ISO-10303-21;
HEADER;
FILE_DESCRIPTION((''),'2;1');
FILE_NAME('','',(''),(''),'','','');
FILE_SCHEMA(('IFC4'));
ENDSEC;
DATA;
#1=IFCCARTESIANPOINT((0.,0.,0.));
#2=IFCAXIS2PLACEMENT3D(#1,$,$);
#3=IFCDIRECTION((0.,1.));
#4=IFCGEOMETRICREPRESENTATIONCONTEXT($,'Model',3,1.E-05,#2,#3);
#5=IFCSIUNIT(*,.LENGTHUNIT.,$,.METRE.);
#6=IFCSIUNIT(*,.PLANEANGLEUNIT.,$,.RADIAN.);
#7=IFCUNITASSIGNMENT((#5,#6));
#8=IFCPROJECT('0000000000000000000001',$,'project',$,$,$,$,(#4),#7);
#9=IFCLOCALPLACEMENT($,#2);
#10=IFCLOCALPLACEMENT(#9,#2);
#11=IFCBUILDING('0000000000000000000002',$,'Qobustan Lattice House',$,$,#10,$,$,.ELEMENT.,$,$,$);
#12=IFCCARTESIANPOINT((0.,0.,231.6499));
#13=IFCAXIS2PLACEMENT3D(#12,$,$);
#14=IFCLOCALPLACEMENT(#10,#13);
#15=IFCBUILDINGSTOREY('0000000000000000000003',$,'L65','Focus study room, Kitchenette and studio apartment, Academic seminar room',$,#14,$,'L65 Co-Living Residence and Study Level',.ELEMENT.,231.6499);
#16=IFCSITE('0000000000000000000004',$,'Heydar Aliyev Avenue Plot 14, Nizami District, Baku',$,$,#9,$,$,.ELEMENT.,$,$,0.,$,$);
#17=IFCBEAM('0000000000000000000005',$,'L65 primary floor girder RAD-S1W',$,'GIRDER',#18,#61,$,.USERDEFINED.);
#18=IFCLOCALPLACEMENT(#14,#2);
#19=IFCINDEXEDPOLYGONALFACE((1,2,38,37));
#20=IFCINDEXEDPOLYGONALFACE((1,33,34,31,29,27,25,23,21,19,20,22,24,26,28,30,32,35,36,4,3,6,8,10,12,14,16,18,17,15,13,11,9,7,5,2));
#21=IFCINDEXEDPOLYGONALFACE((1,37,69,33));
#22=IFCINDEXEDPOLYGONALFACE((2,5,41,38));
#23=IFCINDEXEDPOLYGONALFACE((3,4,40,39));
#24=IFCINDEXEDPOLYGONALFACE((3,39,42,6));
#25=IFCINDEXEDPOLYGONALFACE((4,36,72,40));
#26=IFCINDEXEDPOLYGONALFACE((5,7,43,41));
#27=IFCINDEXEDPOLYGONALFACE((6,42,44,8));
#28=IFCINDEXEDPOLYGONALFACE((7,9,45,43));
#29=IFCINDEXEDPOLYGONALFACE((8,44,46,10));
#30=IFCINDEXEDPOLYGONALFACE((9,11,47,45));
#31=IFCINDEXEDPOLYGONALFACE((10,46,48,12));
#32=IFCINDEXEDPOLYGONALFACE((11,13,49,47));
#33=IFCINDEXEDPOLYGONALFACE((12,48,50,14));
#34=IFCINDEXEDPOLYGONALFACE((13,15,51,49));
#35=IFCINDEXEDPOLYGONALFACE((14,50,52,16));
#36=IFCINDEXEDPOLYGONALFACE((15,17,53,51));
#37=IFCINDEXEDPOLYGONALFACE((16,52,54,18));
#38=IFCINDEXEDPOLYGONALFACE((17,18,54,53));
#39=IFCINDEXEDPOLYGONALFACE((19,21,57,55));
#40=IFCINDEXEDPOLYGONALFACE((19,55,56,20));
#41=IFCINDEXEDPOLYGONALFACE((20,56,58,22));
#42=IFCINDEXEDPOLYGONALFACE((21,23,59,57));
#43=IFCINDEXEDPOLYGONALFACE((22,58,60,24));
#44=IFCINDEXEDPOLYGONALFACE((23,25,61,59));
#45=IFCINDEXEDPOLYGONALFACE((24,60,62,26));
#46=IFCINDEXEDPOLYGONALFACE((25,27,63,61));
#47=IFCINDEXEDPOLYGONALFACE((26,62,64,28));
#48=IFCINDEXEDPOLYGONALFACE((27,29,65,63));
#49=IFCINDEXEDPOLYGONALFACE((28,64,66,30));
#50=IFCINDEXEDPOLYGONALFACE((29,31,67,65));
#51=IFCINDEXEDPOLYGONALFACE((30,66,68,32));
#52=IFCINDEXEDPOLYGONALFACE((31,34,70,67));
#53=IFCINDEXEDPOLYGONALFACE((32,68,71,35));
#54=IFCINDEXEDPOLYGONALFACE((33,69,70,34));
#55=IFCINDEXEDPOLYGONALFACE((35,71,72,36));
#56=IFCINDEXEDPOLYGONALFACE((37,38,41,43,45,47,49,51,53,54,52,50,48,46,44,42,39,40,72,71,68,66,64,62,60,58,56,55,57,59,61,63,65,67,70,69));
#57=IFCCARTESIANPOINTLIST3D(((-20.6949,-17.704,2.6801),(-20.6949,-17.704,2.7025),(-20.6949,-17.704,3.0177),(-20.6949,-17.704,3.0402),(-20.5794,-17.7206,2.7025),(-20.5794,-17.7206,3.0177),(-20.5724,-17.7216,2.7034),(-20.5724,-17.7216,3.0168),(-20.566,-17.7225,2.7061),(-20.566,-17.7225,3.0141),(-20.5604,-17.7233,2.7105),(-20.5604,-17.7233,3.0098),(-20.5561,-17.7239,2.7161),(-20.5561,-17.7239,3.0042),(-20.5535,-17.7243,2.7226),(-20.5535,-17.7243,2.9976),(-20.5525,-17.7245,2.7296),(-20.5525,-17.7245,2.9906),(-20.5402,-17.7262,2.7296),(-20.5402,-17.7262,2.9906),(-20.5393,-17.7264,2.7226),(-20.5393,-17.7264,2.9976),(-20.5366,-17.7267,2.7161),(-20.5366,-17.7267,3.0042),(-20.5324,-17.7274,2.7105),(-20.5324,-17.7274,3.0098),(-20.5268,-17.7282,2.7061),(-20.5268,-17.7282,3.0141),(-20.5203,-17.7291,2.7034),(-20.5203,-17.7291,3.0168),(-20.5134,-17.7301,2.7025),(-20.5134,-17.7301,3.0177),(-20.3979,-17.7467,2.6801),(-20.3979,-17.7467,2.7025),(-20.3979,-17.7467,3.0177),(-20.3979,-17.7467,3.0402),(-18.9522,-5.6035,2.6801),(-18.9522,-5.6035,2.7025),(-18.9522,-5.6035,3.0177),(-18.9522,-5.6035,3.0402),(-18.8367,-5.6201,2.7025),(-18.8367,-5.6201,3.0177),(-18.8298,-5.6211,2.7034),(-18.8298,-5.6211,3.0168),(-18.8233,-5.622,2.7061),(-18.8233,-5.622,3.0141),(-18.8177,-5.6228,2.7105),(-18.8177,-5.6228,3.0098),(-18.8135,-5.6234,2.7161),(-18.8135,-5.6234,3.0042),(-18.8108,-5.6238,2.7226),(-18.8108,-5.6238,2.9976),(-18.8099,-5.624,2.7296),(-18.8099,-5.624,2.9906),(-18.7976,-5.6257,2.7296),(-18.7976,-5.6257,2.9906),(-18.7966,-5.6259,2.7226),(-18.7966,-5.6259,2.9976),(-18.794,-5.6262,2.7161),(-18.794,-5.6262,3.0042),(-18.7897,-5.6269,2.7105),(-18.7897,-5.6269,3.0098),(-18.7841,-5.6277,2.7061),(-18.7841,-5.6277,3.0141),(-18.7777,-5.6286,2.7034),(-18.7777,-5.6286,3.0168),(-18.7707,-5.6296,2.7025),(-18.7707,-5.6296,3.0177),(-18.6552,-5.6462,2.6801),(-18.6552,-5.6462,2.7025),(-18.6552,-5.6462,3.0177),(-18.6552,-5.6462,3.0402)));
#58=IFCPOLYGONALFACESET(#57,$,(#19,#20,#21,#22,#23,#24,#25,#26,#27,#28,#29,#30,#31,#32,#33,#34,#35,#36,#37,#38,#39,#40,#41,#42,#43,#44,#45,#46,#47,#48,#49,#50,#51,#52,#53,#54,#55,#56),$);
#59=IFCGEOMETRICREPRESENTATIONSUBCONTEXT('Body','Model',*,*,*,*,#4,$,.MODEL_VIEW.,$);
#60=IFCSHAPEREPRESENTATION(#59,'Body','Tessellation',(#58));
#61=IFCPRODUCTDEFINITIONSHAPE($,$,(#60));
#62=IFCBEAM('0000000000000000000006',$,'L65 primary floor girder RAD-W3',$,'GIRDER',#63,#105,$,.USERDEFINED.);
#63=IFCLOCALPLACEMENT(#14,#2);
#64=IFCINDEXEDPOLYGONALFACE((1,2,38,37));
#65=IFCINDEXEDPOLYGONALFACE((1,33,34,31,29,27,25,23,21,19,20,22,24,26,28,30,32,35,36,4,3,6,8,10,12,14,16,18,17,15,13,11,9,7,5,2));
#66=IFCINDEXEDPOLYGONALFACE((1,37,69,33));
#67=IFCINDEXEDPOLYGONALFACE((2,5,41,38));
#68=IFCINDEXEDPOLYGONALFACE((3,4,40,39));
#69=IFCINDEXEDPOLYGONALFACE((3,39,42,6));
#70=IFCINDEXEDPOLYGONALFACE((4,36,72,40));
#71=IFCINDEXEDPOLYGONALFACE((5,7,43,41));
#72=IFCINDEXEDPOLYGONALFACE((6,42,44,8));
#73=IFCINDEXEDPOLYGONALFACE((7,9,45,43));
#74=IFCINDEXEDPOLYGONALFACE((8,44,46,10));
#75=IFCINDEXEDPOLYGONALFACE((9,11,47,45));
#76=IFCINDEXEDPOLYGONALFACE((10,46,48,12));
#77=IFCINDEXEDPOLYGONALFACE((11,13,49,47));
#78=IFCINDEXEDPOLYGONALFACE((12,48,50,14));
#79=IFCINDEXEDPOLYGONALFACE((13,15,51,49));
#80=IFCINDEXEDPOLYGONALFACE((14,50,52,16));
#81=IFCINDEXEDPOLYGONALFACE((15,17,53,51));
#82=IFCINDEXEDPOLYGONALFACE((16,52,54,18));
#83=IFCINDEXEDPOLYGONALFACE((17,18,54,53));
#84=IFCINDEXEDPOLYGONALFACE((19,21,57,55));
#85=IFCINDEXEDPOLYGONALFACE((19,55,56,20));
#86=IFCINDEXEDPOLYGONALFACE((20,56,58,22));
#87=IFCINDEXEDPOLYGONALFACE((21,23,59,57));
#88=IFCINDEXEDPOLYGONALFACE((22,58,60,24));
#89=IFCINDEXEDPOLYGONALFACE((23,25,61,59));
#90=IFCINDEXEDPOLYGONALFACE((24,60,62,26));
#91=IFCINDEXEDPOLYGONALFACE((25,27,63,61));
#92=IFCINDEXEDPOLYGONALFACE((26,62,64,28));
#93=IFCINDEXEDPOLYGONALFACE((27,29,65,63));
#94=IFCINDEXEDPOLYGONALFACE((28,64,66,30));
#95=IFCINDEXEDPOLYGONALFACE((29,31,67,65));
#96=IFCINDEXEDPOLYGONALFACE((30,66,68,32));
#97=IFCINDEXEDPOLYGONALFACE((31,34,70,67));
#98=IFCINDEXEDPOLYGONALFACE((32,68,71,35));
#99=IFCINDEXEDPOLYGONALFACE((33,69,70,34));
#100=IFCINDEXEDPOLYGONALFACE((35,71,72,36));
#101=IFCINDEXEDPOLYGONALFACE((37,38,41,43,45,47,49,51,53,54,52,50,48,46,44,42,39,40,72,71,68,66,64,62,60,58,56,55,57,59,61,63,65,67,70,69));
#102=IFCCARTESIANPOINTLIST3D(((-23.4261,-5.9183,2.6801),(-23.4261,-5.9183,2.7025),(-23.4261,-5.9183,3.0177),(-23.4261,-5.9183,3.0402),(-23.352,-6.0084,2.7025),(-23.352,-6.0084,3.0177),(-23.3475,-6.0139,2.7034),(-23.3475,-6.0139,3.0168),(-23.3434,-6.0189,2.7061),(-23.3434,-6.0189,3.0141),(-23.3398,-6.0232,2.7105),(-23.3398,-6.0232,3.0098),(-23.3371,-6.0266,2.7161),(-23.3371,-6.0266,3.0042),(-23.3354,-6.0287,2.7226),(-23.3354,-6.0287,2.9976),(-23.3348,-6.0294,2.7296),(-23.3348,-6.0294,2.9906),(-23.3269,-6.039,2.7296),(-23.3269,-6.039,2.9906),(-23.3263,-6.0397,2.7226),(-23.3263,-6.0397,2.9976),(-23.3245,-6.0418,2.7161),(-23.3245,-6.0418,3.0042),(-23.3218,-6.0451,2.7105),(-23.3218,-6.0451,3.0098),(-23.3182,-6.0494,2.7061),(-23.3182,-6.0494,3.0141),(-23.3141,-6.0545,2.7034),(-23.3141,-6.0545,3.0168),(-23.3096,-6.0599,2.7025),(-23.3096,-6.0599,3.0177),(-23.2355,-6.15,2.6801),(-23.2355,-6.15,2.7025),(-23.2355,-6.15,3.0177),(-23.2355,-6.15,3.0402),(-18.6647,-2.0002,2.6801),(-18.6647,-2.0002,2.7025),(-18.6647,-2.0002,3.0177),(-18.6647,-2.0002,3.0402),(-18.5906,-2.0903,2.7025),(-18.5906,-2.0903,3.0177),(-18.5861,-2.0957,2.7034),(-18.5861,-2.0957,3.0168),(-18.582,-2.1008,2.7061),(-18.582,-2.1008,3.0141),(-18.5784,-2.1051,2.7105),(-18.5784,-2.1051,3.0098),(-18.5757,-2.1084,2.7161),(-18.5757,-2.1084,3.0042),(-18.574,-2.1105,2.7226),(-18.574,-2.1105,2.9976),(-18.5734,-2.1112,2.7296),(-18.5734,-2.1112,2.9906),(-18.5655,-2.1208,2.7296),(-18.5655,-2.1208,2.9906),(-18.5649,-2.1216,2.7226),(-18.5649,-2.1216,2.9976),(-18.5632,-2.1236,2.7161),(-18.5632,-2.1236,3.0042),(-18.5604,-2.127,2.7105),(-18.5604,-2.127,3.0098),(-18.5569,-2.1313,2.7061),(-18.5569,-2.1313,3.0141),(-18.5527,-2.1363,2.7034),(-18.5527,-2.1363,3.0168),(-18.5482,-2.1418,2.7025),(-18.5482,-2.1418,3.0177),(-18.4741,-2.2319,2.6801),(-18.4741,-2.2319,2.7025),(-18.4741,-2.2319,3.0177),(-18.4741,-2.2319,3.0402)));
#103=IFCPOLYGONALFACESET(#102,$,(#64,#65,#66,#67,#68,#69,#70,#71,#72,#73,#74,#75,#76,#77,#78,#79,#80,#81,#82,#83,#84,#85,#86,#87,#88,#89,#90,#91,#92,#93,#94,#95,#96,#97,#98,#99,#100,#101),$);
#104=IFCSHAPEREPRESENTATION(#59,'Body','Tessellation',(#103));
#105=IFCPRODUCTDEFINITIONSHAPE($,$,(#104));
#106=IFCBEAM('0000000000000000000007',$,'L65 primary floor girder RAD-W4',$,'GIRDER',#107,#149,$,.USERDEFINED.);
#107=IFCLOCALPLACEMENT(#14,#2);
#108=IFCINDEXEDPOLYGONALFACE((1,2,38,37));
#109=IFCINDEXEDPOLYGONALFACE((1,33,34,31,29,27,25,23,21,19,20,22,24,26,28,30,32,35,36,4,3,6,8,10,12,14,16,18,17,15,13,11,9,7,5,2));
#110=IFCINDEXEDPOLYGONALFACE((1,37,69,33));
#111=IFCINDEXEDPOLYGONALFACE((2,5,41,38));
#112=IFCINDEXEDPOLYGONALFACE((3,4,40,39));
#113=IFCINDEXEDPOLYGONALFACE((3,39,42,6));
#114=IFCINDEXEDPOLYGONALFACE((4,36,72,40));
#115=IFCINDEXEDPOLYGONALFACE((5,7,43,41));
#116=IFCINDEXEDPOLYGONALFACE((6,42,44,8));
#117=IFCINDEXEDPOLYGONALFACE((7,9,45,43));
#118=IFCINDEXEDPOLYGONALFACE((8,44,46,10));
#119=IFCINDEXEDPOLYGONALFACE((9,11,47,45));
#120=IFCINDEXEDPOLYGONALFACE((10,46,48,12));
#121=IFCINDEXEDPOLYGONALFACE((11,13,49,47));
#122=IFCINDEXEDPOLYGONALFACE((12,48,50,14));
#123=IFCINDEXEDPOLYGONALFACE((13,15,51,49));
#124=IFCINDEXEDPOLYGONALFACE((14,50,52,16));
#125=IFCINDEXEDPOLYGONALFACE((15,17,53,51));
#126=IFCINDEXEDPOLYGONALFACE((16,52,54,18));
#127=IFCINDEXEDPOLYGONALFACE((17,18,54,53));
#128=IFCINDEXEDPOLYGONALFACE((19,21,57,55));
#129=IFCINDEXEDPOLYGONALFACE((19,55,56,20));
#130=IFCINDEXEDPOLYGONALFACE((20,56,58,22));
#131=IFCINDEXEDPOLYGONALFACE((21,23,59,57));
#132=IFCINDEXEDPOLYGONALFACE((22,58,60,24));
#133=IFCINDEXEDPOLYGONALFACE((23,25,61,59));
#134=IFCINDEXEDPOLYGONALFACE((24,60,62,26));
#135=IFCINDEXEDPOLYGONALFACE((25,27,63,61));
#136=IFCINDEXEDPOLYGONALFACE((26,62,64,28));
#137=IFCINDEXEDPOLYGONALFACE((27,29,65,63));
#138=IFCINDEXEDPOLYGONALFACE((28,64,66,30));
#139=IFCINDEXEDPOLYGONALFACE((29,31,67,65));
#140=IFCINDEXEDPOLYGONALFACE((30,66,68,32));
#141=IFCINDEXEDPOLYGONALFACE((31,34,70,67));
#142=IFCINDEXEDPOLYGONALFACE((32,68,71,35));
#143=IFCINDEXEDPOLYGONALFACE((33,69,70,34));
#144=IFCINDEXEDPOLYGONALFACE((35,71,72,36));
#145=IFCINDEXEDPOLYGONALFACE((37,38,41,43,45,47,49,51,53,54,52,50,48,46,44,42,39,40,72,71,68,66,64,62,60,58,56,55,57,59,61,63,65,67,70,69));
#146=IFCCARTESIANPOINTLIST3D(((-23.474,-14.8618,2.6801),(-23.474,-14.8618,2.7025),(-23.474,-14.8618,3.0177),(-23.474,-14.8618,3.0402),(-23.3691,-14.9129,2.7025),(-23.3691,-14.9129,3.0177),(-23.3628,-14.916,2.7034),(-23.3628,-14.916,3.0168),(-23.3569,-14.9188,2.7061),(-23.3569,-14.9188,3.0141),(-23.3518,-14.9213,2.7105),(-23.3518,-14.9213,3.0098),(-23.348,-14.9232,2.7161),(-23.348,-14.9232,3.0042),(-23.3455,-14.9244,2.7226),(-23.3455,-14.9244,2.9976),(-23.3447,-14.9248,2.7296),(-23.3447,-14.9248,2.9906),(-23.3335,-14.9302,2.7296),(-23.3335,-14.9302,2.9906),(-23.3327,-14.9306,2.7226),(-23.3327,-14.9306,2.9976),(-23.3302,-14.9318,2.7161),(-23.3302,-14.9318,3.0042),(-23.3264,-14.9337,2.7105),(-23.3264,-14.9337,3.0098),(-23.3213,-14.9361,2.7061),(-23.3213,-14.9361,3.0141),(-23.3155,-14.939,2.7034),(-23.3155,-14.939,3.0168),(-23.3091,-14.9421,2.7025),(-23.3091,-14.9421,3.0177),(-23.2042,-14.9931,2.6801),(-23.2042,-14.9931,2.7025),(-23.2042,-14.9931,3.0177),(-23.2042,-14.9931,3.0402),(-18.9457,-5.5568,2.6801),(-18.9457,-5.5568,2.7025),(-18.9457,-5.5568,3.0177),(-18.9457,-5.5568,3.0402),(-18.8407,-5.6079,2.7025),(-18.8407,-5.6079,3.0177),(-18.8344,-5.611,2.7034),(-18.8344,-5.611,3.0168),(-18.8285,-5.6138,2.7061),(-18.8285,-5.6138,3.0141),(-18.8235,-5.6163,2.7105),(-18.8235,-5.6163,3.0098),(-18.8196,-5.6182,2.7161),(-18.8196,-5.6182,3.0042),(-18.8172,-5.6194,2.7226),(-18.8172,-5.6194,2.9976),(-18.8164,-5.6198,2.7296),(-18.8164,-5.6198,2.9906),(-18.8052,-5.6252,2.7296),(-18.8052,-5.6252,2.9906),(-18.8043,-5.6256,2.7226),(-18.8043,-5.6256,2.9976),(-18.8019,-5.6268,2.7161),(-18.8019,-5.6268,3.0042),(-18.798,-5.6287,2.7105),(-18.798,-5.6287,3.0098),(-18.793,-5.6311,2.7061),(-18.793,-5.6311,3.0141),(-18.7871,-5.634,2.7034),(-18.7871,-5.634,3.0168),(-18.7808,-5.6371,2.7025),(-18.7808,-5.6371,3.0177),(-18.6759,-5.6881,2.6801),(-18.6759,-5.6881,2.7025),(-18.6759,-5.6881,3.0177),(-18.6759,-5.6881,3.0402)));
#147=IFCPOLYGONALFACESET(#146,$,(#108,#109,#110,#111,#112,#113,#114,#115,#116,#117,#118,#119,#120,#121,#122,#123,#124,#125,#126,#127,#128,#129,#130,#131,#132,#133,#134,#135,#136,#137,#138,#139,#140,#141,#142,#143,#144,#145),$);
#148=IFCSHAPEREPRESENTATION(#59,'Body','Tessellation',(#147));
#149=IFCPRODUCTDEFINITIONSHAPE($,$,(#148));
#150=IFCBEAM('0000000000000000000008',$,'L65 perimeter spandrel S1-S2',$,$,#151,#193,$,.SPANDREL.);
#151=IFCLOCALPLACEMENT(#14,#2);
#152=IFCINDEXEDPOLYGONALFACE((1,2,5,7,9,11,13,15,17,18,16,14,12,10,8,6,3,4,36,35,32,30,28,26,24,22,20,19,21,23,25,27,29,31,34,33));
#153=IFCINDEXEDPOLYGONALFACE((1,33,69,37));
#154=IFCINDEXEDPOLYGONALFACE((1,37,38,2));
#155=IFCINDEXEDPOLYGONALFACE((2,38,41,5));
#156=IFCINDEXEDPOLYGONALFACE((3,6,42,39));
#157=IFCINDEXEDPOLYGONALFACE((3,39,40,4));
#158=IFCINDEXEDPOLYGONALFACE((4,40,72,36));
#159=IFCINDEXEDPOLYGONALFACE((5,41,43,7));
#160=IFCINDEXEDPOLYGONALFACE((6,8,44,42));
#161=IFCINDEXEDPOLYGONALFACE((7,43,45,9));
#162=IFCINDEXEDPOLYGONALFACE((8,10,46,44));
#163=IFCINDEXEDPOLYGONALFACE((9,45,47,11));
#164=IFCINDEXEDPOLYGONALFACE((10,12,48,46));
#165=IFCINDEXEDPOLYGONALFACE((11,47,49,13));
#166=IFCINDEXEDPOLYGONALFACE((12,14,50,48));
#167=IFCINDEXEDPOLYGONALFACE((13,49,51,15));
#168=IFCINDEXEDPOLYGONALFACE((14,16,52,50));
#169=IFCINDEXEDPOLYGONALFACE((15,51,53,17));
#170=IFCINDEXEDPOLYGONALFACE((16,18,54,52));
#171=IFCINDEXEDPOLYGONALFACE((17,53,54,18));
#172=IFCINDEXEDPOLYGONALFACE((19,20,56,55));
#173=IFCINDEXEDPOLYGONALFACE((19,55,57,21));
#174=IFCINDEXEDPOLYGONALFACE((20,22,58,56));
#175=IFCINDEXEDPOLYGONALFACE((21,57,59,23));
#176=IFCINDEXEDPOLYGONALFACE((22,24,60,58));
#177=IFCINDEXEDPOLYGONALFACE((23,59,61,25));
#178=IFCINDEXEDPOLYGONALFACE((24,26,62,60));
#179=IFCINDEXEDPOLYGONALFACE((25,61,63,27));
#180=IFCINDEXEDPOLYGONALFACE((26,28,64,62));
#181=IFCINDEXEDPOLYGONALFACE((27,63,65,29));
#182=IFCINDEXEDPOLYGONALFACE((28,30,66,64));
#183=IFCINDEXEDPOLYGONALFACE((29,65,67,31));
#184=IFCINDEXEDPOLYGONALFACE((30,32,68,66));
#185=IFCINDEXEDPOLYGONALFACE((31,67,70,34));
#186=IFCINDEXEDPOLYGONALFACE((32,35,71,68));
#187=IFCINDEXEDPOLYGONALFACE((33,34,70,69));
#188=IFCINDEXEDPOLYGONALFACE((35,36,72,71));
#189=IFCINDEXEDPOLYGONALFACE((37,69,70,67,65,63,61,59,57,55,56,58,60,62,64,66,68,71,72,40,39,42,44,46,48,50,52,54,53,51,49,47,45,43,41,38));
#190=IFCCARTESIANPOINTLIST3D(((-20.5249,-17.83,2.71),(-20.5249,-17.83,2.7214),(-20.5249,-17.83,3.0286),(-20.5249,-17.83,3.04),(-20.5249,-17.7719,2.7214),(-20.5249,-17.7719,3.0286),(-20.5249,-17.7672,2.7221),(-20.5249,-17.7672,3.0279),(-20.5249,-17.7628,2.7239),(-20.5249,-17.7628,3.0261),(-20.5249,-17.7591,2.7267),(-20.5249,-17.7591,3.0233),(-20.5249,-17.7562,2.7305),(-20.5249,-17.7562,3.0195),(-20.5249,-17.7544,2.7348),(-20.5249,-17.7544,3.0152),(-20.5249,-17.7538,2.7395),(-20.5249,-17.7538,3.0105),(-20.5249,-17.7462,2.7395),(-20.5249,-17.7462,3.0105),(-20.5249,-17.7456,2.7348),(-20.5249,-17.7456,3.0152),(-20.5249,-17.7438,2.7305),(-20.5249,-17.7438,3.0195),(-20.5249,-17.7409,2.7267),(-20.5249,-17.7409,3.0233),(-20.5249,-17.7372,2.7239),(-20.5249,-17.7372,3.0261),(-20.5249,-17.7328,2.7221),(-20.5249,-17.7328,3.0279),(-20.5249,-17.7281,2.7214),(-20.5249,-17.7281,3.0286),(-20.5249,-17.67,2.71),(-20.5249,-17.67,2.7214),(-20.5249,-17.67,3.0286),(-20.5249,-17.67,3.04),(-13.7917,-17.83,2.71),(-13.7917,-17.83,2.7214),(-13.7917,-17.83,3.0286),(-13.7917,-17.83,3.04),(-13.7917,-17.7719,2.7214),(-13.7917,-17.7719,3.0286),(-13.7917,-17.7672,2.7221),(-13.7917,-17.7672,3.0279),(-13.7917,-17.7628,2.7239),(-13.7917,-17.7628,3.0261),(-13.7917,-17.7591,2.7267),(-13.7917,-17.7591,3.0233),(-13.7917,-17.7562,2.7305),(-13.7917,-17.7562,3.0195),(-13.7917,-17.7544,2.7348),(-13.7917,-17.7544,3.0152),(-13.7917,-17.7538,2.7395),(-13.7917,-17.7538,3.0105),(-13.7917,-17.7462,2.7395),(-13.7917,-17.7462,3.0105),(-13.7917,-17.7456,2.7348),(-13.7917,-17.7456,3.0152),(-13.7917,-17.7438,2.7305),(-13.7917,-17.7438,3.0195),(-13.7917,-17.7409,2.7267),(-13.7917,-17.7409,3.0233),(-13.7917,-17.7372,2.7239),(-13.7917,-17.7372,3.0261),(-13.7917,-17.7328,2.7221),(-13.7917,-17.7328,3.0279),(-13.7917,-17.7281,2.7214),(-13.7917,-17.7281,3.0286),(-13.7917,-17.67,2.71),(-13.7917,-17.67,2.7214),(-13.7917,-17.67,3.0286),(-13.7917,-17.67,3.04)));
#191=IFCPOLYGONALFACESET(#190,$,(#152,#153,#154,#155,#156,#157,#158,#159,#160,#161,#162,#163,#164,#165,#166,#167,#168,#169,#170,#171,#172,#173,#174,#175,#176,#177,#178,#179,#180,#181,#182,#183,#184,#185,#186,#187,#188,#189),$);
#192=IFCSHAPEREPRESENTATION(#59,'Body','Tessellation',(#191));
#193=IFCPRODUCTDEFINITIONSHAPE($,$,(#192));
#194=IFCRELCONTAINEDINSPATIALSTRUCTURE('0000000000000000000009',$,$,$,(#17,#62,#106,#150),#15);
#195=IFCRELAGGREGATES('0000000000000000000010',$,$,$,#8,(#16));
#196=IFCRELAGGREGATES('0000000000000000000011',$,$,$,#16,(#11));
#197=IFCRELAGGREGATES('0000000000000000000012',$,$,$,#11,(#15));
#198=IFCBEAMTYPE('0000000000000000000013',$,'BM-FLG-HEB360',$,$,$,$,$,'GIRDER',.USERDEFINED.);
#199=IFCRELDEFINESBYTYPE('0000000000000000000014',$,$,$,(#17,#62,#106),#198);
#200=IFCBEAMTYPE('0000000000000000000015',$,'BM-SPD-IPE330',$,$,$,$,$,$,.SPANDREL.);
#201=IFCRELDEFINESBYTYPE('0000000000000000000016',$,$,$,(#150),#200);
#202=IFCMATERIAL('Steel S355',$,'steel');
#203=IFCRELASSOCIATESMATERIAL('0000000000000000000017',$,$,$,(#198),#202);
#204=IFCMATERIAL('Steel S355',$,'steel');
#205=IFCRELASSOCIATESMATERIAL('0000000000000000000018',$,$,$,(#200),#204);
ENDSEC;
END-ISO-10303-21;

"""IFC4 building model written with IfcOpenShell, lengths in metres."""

from ifc_helpers import new_model, si_unit, direction, frame, origin, origin_2d, place, context, subcontext, project, spatial, i_section, extrude, material, material_profile, profile_set, type_object, element, save


model = new_model("IFC4")

# Units and contexts
model_context = context("Model", 3, precision=1e-05, world=origin(), true_north=direction((0.0, 1.0)))
body_context = subcontext(model_context, "Body", "Model", "MODEL_VIEW")
ifc_project = project(units=[si_unit("LENGTHUNIT", "METRE"), si_unit("PLANEANGLEUNIT", "RADIAN")], contexts=[model_context])

# Site, building, storey
site_placement = place(None, origin())
site = spatial("IfcSite", under=ifc_project, at=site_placement, Name="Heydar Aliyev Avenue Plot 14, Nizami District, Baku", CompositionType="ELEMENT", RefElevation=0.0)
building_placement = place(site_placement, origin())
building = spatial("IfcBuilding", under=site, at=building_placement, Name="Qobustan Lattice House", CompositionType="ELEMENT")
storey_placement = place(building_placement, frame((0.0, 0.0, 231.6499)))
storey = spatial("IfcBuildingStorey", under=building, at=storey_placement, Name="L65", Description="Focus study room, Kitchenette and studio apartment, Academic seminar room", LongName="L65 Co-Living Residence and Study Level", CompositionType="ELEMENT", Elevation=231.6499)

# Beams
ifc_material_1 = material(Name="Steel S355", Category="steel")
ifc_material_profile_1 = material_profile(ifc_material_1, i_section(OverallWidth=0.3, OverallDepth=0.3601, WebThickness=0.0125, FlangeThickness=0.0225, FilletRadius=0.0271, at=origin_2d()), Name="HEB360")
ifc_profile_set_1 = profile_set([ifc_material_profile_1], Name="Steel S355")
beam_type_1 = type_object("IfcBeamType", Name="BM-FLG-HEB360", ElementType="GIRDER", PredefinedType="USERDEFINED", material=ifc_profile_set_1)
beam_1_placement = place(storey_placement, frame((-20.5464, -17.7253, 2.8601), z_axis=(0.142545, 0.989788, 0.0), x_axis=(-0.989788, 0.142545, 0.0)))
element("IfcBeam", 1, at=beam_1_placement, inside=storey, type_object=beam_type_1, Name="L65 primary floor girder RAD-S1W", ObjectType="GIRDER", PredefinedType="USERDEFINED", context=body_context, shape_type="SweptSolid", body=[
    extrude(i_section(OverallWidth=0.3, OverallDepth=0.3601, WebThickness=0.0125, FlangeThickness=0.0225, FilletRadius=0.0271, at=origin_2d()), origin(), (0.0, 0.0, 1.0), 12.2253),
])
beam_2_placement = place(storey_placement, frame((-23.3308, -6.0342, 2.8601), z_axis=(0.772169, 0.635417, 0.0), x_axis=(-0.635417, 0.772169, 0.0)))
element("IfcBeam", 2, at=beam_2_placement, inside=storey, type_object=beam_type_1, Name="L65 primary floor girder RAD-W3", ObjectType="GIRDER", PredefinedType="USERDEFINED", context=body_context, shape_type="SweptSolid", body=[
    extrude(i_section(OverallWidth=0.3, OverallDepth=0.3601, WebThickness=0.0125, FlangeThickness=0.0225, FilletRadius=0.0271, at=origin_2d()), origin(), (0.0, 0.0, 1.0), 6.1663),
])
beam_3_placement = place(storey_placement, frame((-23.3391, -14.9275, 2.8601), z_axis=(0.43759, 0.899174, 0.0), x_axis=(-0.899174, 0.43759, 0.0)))
element("IfcBeam", 3, at=beam_3_placement, inside=storey, type_object=beam_type_1, Name="L65 primary floor girder RAD-W4", ObjectType="GIRDER", PredefinedType="USERDEFINED", context=body_context, shape_type="SweptSolid", body=[
    extrude(i_section(OverallWidth=0.3, OverallDepth=0.3601, WebThickness=0.0125, FlangeThickness=0.0225, FilletRadius=0.0271, at=origin_2d()), origin(), (0.0, 0.0, 1.0), 10.3484),
])
ifc_material_2 = material(Name="Steel S355", Category="steel")
ifc_material_profile_2 = material_profile(ifc_material_2, i_section(OverallWidth=0.1599, OverallDepth=0.3301, WebThickness=0.0076, FlangeThickness=0.0115, FilletRadius=0.0181, at=origin_2d()), Name="IPE330")
ifc_profile_set_2 = profile_set([ifc_material_profile_2], Name="Steel S355")
beam_type_2 = type_object("IfcBeamType", Name="BM-SPD-IPE330", PredefinedType="SPANDREL", material=ifc_profile_set_2)
beam_4_placement = place(storey_placement, frame((-20.5249, -17.75, 2.875), z_axis=(1.0, 0.0, 0.0), x_axis=(0.0, 1.0, 0.0)))
element("IfcBeam", 4, at=beam_4_placement, inside=storey, type_object=beam_type_2, Name="L65 perimeter spandrel S1-S2", PredefinedType="SPANDREL", context=body_context, shape_type="SweptSolid", body=[
    extrude(i_section(OverallWidth=0.1599, OverallDepth=0.3301, WebThickness=0.0076, FlangeThickness=0.0115, FilletRadius=0.0181, at=origin_2d()), origin(), (0.0, 0.0, 1.0), 6.7332),
])

save(model, "model.ifc")
